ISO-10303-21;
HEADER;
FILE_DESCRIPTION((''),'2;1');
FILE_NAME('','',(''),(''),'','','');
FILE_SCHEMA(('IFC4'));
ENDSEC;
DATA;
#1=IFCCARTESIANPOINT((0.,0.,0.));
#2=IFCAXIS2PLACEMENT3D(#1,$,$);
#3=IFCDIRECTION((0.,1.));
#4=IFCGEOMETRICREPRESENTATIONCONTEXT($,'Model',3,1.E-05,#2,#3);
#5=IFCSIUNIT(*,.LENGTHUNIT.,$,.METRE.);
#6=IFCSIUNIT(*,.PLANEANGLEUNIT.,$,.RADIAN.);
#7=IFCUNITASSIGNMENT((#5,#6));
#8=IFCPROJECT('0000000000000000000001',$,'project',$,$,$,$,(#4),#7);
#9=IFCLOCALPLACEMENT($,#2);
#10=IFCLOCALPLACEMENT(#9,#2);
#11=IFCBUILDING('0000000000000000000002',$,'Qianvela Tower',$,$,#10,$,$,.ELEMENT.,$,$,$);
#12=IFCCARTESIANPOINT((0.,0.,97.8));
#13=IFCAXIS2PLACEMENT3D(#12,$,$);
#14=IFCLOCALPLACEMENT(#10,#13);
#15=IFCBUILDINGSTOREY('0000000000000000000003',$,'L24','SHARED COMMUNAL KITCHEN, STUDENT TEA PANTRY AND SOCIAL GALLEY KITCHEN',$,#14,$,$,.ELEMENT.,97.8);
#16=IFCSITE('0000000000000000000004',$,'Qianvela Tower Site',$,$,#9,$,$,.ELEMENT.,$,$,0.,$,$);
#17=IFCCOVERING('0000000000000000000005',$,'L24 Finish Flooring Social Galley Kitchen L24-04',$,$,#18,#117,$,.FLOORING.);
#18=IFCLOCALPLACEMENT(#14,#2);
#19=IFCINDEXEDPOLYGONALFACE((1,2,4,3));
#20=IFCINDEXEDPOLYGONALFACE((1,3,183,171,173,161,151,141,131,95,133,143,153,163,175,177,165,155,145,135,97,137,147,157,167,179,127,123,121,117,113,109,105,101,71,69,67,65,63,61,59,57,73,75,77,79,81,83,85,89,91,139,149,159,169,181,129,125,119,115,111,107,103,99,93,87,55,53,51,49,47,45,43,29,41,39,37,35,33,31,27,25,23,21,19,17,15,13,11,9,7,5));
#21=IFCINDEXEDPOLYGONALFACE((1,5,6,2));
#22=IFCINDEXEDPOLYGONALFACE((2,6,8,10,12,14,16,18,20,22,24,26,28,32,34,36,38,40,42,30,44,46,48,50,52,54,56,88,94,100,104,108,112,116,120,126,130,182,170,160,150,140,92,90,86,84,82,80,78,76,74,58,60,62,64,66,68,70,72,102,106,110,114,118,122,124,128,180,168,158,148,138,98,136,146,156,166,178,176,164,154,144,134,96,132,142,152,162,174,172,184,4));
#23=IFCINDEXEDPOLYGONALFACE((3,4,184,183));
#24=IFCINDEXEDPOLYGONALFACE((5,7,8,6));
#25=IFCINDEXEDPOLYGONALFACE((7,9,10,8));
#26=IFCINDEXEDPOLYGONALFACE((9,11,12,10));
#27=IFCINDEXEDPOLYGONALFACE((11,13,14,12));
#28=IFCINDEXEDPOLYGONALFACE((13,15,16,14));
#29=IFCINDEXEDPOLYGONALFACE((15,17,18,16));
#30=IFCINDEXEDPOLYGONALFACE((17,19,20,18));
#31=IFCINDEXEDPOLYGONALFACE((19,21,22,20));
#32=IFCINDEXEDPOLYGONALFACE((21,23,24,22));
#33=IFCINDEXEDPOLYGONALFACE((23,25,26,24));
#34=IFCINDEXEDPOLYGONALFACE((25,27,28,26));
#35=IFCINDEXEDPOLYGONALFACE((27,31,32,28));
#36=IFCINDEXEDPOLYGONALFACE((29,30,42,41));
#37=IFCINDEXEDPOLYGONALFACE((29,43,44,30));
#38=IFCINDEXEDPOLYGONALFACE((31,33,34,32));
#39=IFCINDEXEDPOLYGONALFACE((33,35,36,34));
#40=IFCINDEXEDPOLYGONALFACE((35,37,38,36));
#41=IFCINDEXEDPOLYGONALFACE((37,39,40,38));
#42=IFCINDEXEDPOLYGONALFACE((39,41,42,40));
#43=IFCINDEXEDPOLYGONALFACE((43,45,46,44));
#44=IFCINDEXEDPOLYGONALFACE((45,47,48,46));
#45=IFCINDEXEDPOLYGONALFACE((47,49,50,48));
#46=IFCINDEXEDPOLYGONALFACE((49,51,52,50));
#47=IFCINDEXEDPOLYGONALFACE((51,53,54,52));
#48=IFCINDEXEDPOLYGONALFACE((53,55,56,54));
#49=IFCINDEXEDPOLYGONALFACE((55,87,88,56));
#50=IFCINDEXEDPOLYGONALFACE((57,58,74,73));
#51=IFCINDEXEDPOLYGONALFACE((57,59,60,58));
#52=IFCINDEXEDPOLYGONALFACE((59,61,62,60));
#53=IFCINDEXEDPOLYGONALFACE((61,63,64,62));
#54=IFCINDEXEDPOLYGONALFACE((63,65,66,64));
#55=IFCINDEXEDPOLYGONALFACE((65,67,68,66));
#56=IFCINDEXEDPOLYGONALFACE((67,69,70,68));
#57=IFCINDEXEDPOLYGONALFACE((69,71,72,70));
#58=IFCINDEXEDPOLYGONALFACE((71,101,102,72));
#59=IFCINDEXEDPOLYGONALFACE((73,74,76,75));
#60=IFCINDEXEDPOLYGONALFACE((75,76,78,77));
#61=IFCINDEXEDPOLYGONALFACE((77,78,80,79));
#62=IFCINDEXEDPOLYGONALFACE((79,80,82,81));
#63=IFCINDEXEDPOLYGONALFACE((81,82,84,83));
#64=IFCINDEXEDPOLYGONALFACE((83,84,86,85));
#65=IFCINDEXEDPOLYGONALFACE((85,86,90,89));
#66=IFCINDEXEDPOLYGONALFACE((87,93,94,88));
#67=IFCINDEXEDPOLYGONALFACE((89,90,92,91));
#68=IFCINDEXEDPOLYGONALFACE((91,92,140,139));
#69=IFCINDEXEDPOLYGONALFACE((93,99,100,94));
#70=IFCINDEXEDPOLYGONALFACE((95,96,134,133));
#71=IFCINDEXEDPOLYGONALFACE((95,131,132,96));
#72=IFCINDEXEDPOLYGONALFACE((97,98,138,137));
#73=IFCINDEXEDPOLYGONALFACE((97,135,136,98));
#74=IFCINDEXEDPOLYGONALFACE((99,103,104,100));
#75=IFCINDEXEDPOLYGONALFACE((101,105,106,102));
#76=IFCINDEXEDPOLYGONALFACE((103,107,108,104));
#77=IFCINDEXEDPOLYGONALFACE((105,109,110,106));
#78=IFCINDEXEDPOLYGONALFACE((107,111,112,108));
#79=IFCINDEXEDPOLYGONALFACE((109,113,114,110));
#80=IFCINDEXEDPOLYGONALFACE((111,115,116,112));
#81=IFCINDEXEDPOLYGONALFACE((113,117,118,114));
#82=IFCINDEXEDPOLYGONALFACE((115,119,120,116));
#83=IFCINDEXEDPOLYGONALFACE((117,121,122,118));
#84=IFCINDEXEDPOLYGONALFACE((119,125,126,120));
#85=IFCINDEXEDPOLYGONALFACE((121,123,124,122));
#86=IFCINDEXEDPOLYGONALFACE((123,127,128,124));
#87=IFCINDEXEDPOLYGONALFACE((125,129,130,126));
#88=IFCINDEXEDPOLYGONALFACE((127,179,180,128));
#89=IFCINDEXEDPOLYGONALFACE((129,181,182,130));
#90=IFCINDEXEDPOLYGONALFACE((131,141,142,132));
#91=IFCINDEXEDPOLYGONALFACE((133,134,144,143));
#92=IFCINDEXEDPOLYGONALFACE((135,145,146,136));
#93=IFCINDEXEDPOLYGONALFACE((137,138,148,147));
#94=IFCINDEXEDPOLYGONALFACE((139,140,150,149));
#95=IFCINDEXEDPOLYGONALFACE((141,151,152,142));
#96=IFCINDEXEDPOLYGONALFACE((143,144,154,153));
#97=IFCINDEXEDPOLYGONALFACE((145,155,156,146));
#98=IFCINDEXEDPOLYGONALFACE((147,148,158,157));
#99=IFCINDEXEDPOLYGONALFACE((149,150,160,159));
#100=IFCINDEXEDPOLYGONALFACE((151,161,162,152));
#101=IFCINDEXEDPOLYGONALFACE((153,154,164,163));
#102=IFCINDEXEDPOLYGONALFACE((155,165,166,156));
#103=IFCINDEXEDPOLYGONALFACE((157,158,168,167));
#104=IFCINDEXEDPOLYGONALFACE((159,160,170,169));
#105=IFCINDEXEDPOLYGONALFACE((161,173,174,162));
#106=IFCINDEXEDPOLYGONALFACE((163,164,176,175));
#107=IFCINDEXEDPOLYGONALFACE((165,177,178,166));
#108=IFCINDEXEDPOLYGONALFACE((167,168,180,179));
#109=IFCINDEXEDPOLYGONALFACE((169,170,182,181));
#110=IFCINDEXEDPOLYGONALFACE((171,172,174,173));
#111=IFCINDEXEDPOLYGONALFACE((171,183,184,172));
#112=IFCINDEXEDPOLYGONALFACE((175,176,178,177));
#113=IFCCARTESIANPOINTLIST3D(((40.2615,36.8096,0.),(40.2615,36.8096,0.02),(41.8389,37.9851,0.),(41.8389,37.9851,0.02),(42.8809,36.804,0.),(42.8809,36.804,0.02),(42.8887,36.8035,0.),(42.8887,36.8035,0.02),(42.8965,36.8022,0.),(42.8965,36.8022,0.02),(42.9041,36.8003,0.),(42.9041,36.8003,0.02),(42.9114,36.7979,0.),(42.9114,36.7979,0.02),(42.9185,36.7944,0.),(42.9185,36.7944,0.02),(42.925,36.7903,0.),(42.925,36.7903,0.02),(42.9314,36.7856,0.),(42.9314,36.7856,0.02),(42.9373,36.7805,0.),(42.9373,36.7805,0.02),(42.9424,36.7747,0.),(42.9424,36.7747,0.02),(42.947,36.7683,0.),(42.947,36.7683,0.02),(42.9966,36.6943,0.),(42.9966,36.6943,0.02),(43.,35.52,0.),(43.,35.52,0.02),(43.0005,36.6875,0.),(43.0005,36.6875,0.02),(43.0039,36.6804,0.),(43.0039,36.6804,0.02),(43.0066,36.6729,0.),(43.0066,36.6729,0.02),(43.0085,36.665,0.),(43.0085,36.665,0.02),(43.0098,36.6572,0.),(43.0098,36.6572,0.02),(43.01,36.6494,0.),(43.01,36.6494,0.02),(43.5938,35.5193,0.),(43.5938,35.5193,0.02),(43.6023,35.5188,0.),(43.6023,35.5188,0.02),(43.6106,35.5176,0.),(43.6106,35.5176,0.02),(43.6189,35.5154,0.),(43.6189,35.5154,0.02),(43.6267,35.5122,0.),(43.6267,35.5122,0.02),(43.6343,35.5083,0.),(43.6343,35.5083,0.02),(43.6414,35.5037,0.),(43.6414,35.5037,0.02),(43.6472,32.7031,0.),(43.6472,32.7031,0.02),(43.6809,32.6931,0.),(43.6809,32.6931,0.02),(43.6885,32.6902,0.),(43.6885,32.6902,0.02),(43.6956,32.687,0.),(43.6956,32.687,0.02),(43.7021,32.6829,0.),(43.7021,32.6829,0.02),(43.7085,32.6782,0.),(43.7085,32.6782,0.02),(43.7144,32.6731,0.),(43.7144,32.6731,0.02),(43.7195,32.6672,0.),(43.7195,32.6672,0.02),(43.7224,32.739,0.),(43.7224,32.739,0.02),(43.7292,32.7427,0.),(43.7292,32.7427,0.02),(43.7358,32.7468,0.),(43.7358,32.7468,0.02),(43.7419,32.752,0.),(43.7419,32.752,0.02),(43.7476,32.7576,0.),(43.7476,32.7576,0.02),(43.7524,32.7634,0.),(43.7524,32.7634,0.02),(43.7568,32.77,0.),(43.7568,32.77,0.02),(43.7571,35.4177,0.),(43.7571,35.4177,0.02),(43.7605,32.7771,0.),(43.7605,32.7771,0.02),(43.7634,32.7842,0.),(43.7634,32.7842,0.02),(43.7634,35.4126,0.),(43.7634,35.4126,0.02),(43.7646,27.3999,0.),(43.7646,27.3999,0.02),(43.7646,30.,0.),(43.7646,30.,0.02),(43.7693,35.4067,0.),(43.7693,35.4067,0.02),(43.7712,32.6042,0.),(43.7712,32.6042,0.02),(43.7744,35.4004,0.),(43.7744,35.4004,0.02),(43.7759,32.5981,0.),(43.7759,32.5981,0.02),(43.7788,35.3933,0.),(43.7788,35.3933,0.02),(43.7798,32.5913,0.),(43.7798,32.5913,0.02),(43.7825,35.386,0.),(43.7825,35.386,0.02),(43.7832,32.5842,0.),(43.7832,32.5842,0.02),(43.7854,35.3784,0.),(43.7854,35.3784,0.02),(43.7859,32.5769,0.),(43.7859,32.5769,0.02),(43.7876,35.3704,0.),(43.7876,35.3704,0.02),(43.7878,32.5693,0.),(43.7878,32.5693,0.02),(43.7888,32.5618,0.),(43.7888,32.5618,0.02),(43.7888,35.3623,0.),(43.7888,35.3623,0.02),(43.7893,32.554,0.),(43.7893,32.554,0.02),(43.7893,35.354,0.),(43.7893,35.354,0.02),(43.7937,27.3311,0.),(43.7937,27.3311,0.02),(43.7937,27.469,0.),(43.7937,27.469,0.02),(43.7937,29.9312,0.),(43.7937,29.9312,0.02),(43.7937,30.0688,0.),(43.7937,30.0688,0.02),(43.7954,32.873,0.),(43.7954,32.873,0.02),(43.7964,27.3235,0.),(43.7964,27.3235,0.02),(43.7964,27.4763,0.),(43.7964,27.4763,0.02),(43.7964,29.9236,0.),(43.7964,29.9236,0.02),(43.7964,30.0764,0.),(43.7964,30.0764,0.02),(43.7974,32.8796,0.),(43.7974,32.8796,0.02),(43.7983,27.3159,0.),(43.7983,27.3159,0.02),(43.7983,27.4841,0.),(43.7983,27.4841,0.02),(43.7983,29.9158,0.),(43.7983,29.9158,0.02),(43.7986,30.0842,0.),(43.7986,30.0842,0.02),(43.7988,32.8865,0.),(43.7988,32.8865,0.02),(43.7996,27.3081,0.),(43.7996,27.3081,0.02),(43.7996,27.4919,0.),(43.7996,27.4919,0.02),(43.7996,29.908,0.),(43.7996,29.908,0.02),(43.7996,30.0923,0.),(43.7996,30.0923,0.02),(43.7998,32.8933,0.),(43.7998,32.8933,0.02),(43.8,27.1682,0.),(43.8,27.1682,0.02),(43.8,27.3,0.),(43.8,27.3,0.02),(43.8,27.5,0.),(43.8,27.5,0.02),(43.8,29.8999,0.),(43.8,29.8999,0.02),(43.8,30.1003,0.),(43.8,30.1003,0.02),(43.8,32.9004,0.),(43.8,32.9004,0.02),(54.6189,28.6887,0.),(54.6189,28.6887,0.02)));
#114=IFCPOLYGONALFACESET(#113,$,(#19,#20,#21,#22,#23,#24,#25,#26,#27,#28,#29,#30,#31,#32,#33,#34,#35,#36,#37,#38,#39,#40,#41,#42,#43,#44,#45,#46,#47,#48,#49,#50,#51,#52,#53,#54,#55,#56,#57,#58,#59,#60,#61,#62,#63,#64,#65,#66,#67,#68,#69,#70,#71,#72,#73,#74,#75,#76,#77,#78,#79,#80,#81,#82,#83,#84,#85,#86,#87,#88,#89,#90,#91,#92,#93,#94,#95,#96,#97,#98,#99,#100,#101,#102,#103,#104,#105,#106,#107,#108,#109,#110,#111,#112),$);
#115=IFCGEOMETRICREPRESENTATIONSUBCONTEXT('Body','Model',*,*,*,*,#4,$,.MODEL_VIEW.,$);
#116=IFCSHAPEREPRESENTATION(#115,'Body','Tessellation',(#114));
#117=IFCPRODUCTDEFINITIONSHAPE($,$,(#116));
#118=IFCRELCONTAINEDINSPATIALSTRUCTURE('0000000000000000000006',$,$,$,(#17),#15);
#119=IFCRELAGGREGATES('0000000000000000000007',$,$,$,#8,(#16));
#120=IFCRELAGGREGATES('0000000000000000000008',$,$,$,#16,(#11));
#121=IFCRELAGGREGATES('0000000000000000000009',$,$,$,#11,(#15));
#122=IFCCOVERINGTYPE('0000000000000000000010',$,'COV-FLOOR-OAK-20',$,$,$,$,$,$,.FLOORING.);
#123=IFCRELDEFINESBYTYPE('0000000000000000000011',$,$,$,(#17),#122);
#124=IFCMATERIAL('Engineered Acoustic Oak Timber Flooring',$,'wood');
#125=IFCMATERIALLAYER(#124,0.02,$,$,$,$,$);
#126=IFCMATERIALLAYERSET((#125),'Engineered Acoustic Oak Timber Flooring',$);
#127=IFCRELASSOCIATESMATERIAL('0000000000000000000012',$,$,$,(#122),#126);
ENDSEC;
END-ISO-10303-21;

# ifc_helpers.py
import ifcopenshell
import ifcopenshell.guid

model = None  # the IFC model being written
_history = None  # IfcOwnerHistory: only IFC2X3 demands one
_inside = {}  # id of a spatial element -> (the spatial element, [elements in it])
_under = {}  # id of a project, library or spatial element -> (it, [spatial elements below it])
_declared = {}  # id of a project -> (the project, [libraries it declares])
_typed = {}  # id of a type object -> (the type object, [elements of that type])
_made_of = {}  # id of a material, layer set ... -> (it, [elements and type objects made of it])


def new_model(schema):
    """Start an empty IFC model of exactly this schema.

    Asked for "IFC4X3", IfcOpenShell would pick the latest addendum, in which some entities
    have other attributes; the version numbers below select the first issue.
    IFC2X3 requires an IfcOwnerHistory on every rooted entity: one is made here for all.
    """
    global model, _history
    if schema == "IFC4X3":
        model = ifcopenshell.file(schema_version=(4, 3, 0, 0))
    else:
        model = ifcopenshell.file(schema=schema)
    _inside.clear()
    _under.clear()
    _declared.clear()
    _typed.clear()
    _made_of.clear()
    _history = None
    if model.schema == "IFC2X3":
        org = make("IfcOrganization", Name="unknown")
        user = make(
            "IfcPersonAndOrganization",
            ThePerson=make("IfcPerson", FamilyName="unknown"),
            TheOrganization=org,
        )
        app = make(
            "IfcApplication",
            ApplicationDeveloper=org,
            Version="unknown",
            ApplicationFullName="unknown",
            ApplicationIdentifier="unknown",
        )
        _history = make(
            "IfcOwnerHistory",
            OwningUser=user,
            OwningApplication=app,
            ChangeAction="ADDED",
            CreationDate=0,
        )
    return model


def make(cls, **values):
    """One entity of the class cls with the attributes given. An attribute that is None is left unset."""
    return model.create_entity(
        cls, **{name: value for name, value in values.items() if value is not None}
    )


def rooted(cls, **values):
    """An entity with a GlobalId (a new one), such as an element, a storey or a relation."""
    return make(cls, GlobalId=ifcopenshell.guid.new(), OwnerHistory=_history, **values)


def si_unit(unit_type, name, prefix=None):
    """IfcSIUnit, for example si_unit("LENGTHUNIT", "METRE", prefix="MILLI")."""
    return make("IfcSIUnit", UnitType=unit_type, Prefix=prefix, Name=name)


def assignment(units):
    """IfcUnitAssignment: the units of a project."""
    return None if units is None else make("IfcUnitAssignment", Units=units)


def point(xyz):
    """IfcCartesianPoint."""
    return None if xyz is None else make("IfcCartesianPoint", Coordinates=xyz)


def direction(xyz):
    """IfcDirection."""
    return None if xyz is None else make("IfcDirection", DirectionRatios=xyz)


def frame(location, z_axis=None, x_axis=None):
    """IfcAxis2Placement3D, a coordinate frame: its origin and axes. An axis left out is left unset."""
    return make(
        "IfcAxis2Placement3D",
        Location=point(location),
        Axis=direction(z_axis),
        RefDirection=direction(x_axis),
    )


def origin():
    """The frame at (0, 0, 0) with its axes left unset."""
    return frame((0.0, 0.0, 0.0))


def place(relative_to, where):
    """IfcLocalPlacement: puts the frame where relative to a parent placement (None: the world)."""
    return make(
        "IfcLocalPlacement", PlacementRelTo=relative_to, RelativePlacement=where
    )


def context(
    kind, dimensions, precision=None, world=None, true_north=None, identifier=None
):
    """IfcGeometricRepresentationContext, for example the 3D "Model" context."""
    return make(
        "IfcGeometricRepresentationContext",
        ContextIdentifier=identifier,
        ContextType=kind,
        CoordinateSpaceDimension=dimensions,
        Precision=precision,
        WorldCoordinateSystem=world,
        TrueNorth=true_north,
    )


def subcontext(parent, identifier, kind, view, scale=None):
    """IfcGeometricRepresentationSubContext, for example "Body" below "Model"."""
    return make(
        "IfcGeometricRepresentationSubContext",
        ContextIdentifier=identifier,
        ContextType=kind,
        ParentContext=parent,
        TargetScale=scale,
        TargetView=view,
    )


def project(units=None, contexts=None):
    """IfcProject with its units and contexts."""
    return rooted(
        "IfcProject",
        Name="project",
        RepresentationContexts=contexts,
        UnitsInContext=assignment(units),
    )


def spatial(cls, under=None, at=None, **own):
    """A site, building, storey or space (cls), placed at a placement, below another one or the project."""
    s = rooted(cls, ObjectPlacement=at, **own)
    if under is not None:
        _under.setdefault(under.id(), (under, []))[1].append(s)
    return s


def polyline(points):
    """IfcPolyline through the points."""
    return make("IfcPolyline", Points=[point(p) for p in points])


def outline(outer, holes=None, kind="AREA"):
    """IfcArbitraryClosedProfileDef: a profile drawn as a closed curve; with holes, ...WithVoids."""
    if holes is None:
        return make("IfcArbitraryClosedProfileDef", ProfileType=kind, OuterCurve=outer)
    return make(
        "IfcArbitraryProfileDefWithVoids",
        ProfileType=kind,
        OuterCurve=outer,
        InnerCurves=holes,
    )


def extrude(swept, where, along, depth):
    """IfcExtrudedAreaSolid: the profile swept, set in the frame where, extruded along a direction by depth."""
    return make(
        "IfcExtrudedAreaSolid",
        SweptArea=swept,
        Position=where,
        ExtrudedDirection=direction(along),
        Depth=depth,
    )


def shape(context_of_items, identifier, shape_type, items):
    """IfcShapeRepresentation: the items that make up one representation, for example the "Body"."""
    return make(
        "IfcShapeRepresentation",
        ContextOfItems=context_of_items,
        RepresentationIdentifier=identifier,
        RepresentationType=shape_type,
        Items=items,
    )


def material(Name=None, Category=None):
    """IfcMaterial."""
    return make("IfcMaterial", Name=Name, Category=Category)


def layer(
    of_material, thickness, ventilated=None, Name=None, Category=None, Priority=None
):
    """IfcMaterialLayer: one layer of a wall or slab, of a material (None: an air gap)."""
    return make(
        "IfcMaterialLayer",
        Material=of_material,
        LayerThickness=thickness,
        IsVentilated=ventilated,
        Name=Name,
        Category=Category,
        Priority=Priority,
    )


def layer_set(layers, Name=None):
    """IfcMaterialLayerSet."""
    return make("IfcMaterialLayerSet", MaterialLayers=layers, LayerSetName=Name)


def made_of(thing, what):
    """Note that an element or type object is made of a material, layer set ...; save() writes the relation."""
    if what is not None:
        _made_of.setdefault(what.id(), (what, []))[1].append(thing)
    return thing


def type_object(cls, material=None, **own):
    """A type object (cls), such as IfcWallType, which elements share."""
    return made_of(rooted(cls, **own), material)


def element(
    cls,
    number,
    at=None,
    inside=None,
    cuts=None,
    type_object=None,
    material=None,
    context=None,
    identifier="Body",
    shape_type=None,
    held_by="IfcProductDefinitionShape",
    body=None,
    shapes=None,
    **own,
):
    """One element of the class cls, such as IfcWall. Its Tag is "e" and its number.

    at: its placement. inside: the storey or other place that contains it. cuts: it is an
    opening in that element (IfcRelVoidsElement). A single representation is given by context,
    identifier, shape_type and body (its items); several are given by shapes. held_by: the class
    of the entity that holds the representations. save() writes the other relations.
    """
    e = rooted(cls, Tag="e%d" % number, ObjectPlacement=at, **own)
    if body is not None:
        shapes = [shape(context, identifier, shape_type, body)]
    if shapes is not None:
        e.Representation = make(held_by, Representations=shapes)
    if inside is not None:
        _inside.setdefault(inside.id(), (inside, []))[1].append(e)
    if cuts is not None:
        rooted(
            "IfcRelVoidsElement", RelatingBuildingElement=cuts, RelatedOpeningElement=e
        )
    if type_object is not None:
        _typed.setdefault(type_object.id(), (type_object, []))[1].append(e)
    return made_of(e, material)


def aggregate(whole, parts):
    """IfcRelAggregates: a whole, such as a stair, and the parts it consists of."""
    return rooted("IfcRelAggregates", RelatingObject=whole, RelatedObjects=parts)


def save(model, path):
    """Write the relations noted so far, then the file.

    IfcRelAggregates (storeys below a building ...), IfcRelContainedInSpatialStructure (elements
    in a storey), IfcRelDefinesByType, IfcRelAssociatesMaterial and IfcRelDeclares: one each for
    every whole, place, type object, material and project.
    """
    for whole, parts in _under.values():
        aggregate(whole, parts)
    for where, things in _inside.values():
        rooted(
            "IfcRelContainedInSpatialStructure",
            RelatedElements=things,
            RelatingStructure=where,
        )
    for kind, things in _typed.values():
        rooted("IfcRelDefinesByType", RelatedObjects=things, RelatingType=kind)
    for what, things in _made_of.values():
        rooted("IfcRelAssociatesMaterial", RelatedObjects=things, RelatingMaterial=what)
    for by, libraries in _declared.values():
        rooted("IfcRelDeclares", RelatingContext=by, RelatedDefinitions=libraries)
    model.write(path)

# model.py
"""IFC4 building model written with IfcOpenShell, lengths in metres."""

from ifc_helpers import new_model, si_unit, direction, frame, origin, place, context, subcontext, project, spatial, polyline, outline, extrude, material, layer, layer_set, type_object, element, save


model = new_model("IFC4")

# Units and contexts
model_context = context("Model", 3, precision=1e-05, world=origin(), true_north=direction((0.0, 1.0)))
body_context = subcontext(model_context, "Body", "Model", "MODEL_VIEW")
ifc_project = project(units=[si_unit("LENGTHUNIT", "METRE"), si_unit("PLANEANGLEUNIT", "RADIAN")], contexts=[model_context])

# Site, building, storey
site_placement = place(None, origin())
site = spatial("IfcSite", under=ifc_project, at=site_placement, Name="Qianvela Tower Site", CompositionType="ELEMENT", RefElevation=0.0)
building_placement = place(site_placement, origin())
building = spatial("IfcBuilding", under=site, at=building_placement, Name="Qianvela Tower", CompositionType="ELEMENT")
storey_placement = place(building_placement, frame((0.0, 0.0, 97.8)))
storey = spatial("IfcBuildingStorey", under=building, at=storey_placement, Name="L24", Description="SHARED COMMUNAL KITCHEN, STUDENT TEA PANTRY AND SOCIAL GALLEY KITCHEN", CompositionType="ELEMENT", Elevation=97.8)

# Covering
ifc_material_1 = material(Name="Engineered Acoustic Oak Timber Flooring", Category="wood")
ifc_layer_1 = layer(ifc_material_1, 0.02)
ifc_layer_set_1 = layer_set([ifc_layer_1], Name="Engineered Acoustic Oak Timber Flooring")
covering_type_1 = type_object("IfcCoveringType", Name="COV-FLOOR-OAK-20", PredefinedType="FLOORING", material=ifc_layer_set_1)
covering_1_placement = place(storey_placement, origin())
element("IfcCovering", 1, at=covering_1_placement, inside=storey, type_object=covering_type_1, Name="L24 Finish Flooring Social Galley Kitchen L24-04", PredefinedType="FLOORING", context=body_context, shape_type="SweptSolid", body=[
    extrude(outline(polyline([(43.6472, 32.7031), (43.7224, 32.739), (43.7292, 32.7427), (43.7358, 32.7468), (43.7419, 32.752), (43.7476, 32.7576), (43.7524, 32.7634), (43.7568, 32.77), (43.7605, 32.7771), (43.7634, 32.7842), (43.7954, 32.873), (43.7974, 32.8796), (43.7988, 32.8865), (43.7998, 32.8933), (43.8, 32.9004), (43.7893, 35.354), (43.7888, 35.3623), (43.7876, 35.3704), (43.7854, 35.3784), (43.7825, 35.386), (43.7788, 35.3933), (43.7744, 35.4004), (43.7693, 35.4067), (43.7634, 35.4126), (43.7571, 35.4177), (43.6414, 35.5037), (43.6343, 35.5083), (43.6267, 35.5122), (43.6189, 35.5154), (43.6106, 35.5176), (43.6023, 35.5188), (43.5938, 35.5193), (43.0, 35.52), (43.01, 36.6494), (43.0098, 36.6572), (43.0085, 36.665), (43.0066, 36.6729), (43.0039, 36.6804), (43.0005, 36.6875), (42.9966, 36.6943), (42.947, 36.7683), (42.9424, 36.7747), (42.9373, 36.7805), (42.9314, 36.7856), (42.925, 36.7903), (42.9185, 36.7944), (42.9114, 36.7979), (42.9041, 36.8003), (42.8965, 36.8022), (42.8887, 36.8035), (42.8809, 36.804), (40.2615, 36.8096), (41.8389, 37.9851), (54.6189, 28.6887), (43.8, 27.1682), (43.8, 27.3), (43.7996, 27.3081), (43.7983, 27.3159), (43.7964, 27.3235), (43.7937, 27.3311), (43.7646, 27.3999), (43.7937, 27.469), (43.7964, 27.4763), (43.7983, 27.4841), (43.7996, 27.4919), (43.8, 27.5), (43.8, 29.8999), (43.7996, 29.908), (43.7983, 29.9158), (43.7964, 29.9236), (43.7937, 29.9312), (43.7646, 30.0), (43.7937, 30.0688), (43.7964, 30.0764), (43.7986, 30.0842), (43.7996, 30.0923), (43.8, 30.1003), (43.7893, 32.554), (43.7888, 32.5618), (43.7878, 32.5693), (43.7859, 32.5769), (43.7832, 32.5842), (43.7798, 32.5913), (43.7759, 32.5981), (43.7712, 32.6042), (43.7195, 32.6672), (43.7144, 32.6731), (43.7085, 32.6782), (43.7021, 32.6829), (43.6956, 32.687), (43.6885, 32.6902), (43.6809, 32.6931), (43.6472, 32.7031)])), origin(), (0.0, 0.0, 1.0), 0.02),
])

save(model, "model.ifc")
